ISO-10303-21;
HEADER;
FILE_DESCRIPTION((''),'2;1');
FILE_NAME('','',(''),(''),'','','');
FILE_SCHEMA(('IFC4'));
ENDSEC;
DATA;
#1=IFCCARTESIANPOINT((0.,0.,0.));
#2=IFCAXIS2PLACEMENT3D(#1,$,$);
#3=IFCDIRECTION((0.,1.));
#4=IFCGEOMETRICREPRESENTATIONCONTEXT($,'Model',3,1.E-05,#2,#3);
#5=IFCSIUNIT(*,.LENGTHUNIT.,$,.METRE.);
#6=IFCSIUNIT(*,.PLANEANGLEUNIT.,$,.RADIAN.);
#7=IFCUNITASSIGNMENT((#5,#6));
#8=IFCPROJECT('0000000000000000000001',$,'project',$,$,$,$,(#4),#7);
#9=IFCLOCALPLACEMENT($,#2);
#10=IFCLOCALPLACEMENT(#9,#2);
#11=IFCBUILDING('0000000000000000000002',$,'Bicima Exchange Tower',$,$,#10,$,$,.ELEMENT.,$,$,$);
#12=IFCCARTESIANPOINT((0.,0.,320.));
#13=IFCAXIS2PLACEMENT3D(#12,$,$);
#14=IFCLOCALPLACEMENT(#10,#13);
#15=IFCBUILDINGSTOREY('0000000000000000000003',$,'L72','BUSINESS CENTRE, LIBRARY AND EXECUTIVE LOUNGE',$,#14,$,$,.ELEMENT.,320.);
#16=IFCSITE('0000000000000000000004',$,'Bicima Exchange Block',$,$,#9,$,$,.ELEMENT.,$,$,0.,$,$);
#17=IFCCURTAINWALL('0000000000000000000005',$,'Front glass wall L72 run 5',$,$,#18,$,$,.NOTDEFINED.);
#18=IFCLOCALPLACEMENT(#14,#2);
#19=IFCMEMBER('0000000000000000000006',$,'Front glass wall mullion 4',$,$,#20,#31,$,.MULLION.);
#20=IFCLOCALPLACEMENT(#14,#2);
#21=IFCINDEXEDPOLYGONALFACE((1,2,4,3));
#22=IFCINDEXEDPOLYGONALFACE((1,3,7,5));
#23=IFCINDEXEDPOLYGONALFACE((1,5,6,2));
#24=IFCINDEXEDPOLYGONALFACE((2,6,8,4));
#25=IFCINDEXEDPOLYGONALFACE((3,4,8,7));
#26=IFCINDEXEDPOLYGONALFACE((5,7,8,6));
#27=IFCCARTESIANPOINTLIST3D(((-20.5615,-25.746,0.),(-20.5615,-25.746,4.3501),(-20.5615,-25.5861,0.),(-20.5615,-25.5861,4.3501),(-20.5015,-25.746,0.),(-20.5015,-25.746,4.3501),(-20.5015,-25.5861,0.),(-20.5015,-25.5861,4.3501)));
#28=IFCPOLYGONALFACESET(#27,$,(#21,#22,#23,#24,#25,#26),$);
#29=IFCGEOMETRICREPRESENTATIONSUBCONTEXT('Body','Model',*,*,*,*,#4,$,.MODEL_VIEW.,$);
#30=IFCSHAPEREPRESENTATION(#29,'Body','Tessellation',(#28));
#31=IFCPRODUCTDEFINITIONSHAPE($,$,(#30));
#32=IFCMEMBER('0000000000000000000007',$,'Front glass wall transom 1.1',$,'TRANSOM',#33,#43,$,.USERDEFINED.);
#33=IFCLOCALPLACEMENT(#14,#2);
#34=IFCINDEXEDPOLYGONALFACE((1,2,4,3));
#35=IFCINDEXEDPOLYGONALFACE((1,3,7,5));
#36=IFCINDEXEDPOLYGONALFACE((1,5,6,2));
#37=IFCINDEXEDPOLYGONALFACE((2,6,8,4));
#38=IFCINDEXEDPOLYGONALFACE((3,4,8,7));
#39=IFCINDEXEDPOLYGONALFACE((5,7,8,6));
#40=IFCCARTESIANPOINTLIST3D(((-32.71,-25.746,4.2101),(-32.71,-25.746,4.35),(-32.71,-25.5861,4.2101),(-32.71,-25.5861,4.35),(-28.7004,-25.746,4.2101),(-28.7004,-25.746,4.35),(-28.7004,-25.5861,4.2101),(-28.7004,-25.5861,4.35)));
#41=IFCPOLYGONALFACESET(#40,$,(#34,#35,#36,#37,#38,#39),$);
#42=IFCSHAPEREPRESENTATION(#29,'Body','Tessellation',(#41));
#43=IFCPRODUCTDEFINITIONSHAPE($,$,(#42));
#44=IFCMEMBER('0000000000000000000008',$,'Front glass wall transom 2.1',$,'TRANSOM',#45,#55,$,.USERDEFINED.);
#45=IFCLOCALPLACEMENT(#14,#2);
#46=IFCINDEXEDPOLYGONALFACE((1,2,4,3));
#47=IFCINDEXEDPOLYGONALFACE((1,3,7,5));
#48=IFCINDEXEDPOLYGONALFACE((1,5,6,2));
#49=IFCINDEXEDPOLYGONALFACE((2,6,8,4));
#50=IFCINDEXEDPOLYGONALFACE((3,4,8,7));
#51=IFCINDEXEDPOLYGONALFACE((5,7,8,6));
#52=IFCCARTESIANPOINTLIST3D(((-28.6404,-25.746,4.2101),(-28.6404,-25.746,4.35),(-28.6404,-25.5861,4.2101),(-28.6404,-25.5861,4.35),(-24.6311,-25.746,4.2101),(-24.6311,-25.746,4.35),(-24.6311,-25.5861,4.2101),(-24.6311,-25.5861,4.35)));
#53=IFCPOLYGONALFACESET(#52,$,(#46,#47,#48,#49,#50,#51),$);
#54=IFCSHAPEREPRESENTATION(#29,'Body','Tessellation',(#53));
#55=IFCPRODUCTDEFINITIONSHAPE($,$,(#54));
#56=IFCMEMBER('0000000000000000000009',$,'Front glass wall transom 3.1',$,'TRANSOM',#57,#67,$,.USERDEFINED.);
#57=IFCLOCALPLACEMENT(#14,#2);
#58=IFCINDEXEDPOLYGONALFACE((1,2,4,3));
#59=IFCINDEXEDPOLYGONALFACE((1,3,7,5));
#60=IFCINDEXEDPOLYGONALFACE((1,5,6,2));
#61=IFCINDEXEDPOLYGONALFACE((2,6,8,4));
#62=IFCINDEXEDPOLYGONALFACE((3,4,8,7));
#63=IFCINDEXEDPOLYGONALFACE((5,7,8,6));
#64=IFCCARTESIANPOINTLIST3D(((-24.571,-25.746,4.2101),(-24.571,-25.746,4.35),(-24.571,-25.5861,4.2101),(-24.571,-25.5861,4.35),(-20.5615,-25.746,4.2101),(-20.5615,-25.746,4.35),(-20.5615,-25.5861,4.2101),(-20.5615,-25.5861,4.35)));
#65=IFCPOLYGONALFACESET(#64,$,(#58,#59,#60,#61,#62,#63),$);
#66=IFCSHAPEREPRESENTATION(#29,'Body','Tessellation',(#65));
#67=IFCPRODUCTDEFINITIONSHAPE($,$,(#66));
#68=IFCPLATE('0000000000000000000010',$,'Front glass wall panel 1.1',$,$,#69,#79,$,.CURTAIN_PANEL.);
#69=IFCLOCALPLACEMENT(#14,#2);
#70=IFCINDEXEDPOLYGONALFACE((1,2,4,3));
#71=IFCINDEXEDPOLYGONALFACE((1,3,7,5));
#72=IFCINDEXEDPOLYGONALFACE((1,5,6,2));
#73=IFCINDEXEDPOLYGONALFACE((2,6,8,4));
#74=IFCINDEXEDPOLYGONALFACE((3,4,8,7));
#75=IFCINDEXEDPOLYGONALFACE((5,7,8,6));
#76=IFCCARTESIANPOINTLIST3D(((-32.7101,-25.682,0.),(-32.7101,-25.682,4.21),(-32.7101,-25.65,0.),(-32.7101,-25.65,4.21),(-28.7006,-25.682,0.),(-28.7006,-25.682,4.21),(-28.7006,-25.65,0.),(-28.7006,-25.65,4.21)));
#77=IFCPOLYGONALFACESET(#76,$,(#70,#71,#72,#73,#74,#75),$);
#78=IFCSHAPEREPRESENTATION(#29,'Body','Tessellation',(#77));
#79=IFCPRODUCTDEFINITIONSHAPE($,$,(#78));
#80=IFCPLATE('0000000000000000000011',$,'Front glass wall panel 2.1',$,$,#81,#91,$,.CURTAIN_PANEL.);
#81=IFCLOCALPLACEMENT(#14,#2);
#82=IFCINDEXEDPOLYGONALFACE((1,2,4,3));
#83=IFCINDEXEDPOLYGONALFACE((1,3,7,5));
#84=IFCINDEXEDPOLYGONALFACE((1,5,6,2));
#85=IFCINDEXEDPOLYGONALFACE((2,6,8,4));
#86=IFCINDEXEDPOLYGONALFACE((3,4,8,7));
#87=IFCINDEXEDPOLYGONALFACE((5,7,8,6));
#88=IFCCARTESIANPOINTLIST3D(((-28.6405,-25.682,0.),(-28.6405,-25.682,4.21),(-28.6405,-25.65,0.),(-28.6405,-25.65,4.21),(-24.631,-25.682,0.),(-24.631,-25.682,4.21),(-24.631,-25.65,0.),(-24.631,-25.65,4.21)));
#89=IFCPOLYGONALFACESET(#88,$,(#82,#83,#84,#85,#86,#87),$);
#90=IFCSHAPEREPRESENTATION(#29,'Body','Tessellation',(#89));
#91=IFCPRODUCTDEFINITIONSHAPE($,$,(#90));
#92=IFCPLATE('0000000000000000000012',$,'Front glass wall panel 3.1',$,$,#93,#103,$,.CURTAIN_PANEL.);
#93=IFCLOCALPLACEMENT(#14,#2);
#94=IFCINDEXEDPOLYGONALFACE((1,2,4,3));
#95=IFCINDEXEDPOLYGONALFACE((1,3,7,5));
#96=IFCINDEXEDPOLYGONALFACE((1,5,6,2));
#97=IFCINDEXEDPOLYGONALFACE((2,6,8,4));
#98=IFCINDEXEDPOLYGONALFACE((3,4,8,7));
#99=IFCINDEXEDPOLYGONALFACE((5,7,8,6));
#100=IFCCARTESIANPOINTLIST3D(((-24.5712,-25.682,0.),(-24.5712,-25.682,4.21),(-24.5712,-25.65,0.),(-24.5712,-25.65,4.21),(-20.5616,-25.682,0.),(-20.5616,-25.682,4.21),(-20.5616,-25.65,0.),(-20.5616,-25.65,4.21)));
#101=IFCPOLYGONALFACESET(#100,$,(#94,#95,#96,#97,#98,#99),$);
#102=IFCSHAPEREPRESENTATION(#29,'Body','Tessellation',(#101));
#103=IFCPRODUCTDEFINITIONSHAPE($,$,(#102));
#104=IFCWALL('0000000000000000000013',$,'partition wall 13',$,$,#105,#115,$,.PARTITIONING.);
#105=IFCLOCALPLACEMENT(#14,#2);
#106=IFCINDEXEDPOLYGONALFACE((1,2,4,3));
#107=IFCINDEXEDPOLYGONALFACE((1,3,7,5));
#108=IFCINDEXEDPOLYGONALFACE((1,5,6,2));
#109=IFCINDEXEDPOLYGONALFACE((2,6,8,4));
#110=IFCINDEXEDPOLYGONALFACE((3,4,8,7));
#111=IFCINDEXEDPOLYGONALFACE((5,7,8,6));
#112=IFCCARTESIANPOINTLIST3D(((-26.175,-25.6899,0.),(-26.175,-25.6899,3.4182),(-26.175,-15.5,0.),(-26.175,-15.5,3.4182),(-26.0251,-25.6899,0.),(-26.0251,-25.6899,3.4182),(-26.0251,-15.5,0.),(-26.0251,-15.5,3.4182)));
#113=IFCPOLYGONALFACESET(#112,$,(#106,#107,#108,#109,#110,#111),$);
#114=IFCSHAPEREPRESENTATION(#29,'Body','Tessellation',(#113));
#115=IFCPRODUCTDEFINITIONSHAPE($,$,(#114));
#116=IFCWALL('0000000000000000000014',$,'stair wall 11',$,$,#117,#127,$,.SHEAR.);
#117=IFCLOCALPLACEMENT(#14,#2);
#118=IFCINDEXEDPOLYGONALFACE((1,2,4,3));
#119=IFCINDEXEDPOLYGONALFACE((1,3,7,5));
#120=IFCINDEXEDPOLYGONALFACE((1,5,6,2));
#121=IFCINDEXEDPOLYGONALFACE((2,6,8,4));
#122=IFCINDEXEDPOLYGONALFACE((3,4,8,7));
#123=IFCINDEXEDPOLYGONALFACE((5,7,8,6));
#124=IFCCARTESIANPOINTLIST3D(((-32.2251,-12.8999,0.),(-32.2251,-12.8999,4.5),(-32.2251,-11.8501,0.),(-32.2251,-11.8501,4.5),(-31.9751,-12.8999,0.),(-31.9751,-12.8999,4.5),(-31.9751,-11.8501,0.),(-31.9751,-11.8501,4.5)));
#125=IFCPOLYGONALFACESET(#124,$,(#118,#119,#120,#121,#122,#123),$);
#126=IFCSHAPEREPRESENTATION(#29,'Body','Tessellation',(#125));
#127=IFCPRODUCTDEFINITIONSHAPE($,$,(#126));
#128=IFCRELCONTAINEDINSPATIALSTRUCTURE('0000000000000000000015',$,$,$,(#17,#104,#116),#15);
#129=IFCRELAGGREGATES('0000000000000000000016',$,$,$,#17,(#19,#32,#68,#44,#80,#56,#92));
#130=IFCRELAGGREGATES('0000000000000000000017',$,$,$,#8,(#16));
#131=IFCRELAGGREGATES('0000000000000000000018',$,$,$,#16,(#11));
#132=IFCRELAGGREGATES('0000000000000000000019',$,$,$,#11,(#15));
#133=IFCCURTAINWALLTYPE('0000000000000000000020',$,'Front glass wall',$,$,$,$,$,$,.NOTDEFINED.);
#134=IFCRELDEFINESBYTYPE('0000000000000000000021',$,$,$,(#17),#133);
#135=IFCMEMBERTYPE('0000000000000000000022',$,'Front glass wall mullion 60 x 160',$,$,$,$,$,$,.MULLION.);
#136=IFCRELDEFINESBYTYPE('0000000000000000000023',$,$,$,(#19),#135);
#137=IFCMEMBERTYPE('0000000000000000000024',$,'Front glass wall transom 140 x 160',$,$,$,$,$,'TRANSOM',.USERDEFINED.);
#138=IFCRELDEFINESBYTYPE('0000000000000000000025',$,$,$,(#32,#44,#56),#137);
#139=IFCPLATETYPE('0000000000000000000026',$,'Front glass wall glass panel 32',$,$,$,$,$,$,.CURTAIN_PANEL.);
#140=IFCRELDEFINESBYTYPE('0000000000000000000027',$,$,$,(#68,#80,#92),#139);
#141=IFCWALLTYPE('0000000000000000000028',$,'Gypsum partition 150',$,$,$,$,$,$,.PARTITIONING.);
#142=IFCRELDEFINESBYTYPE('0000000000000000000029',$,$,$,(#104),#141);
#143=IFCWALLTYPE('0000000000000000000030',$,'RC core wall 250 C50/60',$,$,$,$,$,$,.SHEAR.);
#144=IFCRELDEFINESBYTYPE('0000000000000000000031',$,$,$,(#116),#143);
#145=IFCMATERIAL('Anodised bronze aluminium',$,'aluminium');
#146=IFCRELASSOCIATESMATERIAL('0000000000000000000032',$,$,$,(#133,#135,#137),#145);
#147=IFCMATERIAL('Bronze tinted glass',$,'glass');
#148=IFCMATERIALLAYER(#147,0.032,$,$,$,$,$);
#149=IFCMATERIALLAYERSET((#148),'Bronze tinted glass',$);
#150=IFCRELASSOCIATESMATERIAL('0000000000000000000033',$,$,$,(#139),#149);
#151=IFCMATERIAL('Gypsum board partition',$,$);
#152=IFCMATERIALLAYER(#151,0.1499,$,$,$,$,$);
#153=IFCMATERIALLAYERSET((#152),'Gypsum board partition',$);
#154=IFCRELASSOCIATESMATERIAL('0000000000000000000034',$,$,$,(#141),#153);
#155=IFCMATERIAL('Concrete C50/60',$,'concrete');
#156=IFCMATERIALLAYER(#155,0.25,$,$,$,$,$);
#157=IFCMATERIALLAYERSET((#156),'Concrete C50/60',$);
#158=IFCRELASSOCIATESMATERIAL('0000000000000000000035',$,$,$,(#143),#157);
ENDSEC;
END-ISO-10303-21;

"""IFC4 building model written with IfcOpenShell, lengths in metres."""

from ifc_helpers import new_model, si_unit, direction, frame, frame_2d, origin, origin_2d, place, context, subcontext, project, spatial, rectangle, extrude, material, layer, layer_set, material_profile, profile_set, type_object, element, aggregate, save


model = new_model("IFC4")

# Units and contexts
model_context = context("Model", 3, precision=1e-05, world=origin(), true_north=direction((0.0, 1.0)))
body_context = subcontext(model_context, "Body", "Model", "MODEL_VIEW")
ifc_project = project(units=[si_unit("LENGTHUNIT", "METRE"), si_unit("PLANEANGLEUNIT", "RADIAN")], contexts=[model_context])

# Site, building, storey
site_placement = place(None, origin())
site = spatial("IfcSite", under=ifc_project, at=site_placement, Name="Bicima Exchange Block", CompositionType="ELEMENT", RefElevation=0.0)
building_placement = place(site_placement, origin())
building = spatial("IfcBuilding", under=site, at=building_placement, Name="Bicima Exchange Tower", CompositionType="ELEMENT")
storey_placement = place(building_placement, frame((0.0, 0.0, 320.0)))
storey = spatial("IfcBuildingStorey", under=building, at=storey_placement, Name="L72", Description="BUSINESS CENTRE, LIBRARY AND EXECUTIVE LOUNGE", CompositionType="ELEMENT", Elevation=320.0)

# Shared definitions
ifc_material_1 = material(Name="Anodised bronze aluminium", Category="aluminium")
curtain_wall_type = type_object("IfcCurtainWallType", Name="Front glass wall", PredefinedType="NOTDEFINED", material=ifc_material_1)
ifc_material_profile_1 = material_profile(ifc_material_1, rectangle(XDim=0.1599, YDim=0.0601, at=origin_2d()))
ifc_profile_set_1 = profile_set([ifc_material_profile_1], Name="Anodised bronze aluminium")
member_type_1 = type_object("IfcMemberType", Name="Front glass wall mullion 60 x 160", PredefinedType="MULLION", material=ifc_profile_set_1)

# Curtain wall, members, plates
curtain_wall_1_placement = place(storey_placement, origin())
curtain_wall_1 = element("IfcCurtainWall", 1, at=curtain_wall_1_placement, inside=storey, type_object=curtain_wall_type, Name="Front glass wall L72 run 5", PredefinedType="NOTDEFINED")
member_1_placement = place(storey_placement, frame((-20.5315, -25.666, 0.0), z_axis=(0.0, 0.0, 1.0), x_axis=(0.0, 1.0, 0.0)))
member_1 = element("IfcMember", 2, at=member_1_placement, type_object=member_type_1, Name="Front glass wall mullion 4", PredefinedType="MULLION", context=body_context, shape_type="SweptSolid", body=[
    extrude(rectangle(XDim=0.1599, YDim=0.0601, at=origin_2d()), origin(), (0.0, 0.0, 1.0), 4.3501),
])
ifc_material_profile_2 = material_profile(ifc_material_1, rectangle(XDim=0.1599, YDim=0.1399, at=origin_2d()))
ifc_profile_set_2 = profile_set([ifc_material_profile_2], Name="Anodised bronze aluminium")
member_type_2 = type_object("IfcMemberType", Name="Front glass wall transom 140 x 160", ElementType="TRANSOM", PredefinedType="USERDEFINED", material=ifc_profile_set_2)
member_2_placement = place(storey_placement, frame((-32.71, -25.666, 4.28), z_axis=(1.0, 0.0, 0.0), x_axis=(0.0, 1.0, 0.0)))
member_2 = element("IfcMember", 3, at=member_2_placement, type_object=member_type_2, Name="Front glass wall transom 1.1", ObjectType="TRANSOM", PredefinedType="USERDEFINED", context=body_context, shape_type="SweptSolid", body=[
    extrude(rectangle(XDim=0.1599, YDim=0.1399, at=origin_2d()), origin(), (0.0, 0.0, 1.0), 4.0095),
])
member_3_placement = place(storey_placement, frame((-28.6404, -25.666, 4.28), z_axis=(1.0, 0.0, 0.0), x_axis=(0.0, 1.0, 0.0)))
member_3 = element("IfcMember", 4, at=member_3_placement, type_object=member_type_2, Name="Front glass wall transom 2.1", ObjectType="TRANSOM", PredefinedType="USERDEFINED", context=body_context, shape_type="SweptSolid", body=[
    extrude(rectangle(XDim=0.1599, YDim=0.1399, at=origin_2d()), origin(), (0.0, 0.0, 1.0), 4.0093),
])
member_4_placement = place(storey_placement, frame((-24.571, -25.666, 4.28), z_axis=(1.0, 0.0, 0.0), x_axis=(0.0, 1.0, 0.0)))
member_4 = element("IfcMember", 5, at=member_4_placement, type_object=member_type_2, Name="Front glass wall transom 3.1", ObjectType="TRANSOM", PredefinedType="USERDEFINED", context=body_context, shape_type="SweptSolid", body=[
    extrude(rectangle(XDim=0.1599, YDim=0.1399, at=origin_2d()), origin(), (0.0, 0.0, 1.0), 4.0095),
])
ifc_material_2 = material(Name="Bronze tinted glass", Category="glass")
ifc_layer_1 = layer(ifc_material_2, 0.032)
ifc_layer_set_1 = layer_set([ifc_layer_1], Name="Bronze tinted glass")
plate_type = type_object("IfcPlateType", Name="Front glass wall glass panel 32", PredefinedType="CURTAIN_PANEL", material=ifc_layer_set_1)
plate_1_placement = place(storey_placement, frame((-30.7053, -25.666, 0.0), z_axis=(0.0, 0.0, 1.0), x_axis=(1.0, 0.0, 0.0)))
plate_1 = element("IfcPlate", 6, at=plate_1_placement, type_object=plate_type, Name="Front glass wall panel 1.1", PredefinedType="CURTAIN_PANEL", context=body_context, shape_type="SweptSolid", body=[
    extrude(rectangle(XDim=4.0095, YDim=0.032, at=origin_2d()), origin(), (0.0, 0.0, 1.0), 4.21),
])
plate_2_placement = place(storey_placement, frame((-26.6357, -25.666, 0.0), z_axis=(0.0, 0.0, 1.0), x_axis=(1.0, 0.0, 0.0)))
plate_2 = element("IfcPlate", 7, at=plate_2_placement, type_object=plate_type, Name="Front glass wall panel 2.1", PredefinedType="CURTAIN_PANEL", context=body_context, shape_type="SweptSolid", body=[
    extrude(rectangle(XDim=4.0095, YDim=0.032, at=origin_2d()), origin(), (0.0, 0.0, 1.0), 4.21),
])
plate_3_placement = place(storey_placement, frame((-22.5664, -25.666, 0.0), z_axis=(0.0, 0.0, 1.0), x_axis=(1.0, 0.0, 0.0)))
plate_3 = element("IfcPlate", 8, at=plate_3_placement, type_object=plate_type, Name="Front glass wall panel 3.1", PredefinedType="CURTAIN_PANEL", context=body_context, shape_type="SweptSolid", body=[
    extrude(rectangle(XDim=4.0095, YDim=0.032, at=origin_2d()), origin(), (0.0, 0.0, 1.0), 4.21),
])
aggregate(curtain_wall_1, [member_1, member_2, plate_1, member_3, plate_2, member_4, plate_3])

# Walls
ifc_material_3 = material(Name="Gypsum board partition")
ifc_layer_2 = layer(ifc_material_3, 0.1499)
ifc_layer_set_2 = layer_set([ifc_layer_2], Name="Gypsum board partition")
wall_type_1 = type_object("IfcWallType", Name="Gypsum partition 150", PredefinedType="PARTITIONING", material=ifc_layer_set_2)
wall_1_placement = place(storey_placement, frame((-26.1001, -25.6899, 0.0), z_axis=(0.0, 0.0, 1.0), x_axis=(0.0, 1.0, 0.0)))
element("IfcWall", 9, at=wall_1_placement, inside=storey, type_object=wall_type_1, Name="partition wall 13", PredefinedType="PARTITIONING", context=body_context, shape_type="SweptSolid", body=[
    extrude(rectangle(XDim=10.1899, YDim=0.1499, at=frame_2d((5.095, 0.0))), origin(), (0.0, 0.0, 1.0), 3.4182),
])
ifc_material_4 = material(Name="Concrete C50/60", Category="concrete")
ifc_layer_3 = layer(ifc_material_4, 0.25)
ifc_layer_set_3 = layer_set([ifc_layer_3], Name="Concrete C50/60")
wall_type_2 = type_object("IfcWallType", Name="RC core wall 250 C50/60", PredefinedType="SHEAR", material=ifc_layer_set_3)
wall_2_placement = place(storey_placement, frame((-32.1001, -12.8999, 0.0), z_axis=(0.0, 0.0, 1.0), x_axis=(0.0, 1.0, 0.0)))
element("IfcWall", 10, at=wall_2_placement, inside=storey, type_object=wall_type_2, Name="stair wall 11", PredefinedType="SHEAR", context=body_context, shape_type="SweptSolid", body=[
    extrude(rectangle(XDim=1.0498, YDim=0.25, at=frame_2d((0.5249, 0.0))), origin(), (0.0, 0.0, 1.0), 4.5),
])

save(model, "model.ifc")
